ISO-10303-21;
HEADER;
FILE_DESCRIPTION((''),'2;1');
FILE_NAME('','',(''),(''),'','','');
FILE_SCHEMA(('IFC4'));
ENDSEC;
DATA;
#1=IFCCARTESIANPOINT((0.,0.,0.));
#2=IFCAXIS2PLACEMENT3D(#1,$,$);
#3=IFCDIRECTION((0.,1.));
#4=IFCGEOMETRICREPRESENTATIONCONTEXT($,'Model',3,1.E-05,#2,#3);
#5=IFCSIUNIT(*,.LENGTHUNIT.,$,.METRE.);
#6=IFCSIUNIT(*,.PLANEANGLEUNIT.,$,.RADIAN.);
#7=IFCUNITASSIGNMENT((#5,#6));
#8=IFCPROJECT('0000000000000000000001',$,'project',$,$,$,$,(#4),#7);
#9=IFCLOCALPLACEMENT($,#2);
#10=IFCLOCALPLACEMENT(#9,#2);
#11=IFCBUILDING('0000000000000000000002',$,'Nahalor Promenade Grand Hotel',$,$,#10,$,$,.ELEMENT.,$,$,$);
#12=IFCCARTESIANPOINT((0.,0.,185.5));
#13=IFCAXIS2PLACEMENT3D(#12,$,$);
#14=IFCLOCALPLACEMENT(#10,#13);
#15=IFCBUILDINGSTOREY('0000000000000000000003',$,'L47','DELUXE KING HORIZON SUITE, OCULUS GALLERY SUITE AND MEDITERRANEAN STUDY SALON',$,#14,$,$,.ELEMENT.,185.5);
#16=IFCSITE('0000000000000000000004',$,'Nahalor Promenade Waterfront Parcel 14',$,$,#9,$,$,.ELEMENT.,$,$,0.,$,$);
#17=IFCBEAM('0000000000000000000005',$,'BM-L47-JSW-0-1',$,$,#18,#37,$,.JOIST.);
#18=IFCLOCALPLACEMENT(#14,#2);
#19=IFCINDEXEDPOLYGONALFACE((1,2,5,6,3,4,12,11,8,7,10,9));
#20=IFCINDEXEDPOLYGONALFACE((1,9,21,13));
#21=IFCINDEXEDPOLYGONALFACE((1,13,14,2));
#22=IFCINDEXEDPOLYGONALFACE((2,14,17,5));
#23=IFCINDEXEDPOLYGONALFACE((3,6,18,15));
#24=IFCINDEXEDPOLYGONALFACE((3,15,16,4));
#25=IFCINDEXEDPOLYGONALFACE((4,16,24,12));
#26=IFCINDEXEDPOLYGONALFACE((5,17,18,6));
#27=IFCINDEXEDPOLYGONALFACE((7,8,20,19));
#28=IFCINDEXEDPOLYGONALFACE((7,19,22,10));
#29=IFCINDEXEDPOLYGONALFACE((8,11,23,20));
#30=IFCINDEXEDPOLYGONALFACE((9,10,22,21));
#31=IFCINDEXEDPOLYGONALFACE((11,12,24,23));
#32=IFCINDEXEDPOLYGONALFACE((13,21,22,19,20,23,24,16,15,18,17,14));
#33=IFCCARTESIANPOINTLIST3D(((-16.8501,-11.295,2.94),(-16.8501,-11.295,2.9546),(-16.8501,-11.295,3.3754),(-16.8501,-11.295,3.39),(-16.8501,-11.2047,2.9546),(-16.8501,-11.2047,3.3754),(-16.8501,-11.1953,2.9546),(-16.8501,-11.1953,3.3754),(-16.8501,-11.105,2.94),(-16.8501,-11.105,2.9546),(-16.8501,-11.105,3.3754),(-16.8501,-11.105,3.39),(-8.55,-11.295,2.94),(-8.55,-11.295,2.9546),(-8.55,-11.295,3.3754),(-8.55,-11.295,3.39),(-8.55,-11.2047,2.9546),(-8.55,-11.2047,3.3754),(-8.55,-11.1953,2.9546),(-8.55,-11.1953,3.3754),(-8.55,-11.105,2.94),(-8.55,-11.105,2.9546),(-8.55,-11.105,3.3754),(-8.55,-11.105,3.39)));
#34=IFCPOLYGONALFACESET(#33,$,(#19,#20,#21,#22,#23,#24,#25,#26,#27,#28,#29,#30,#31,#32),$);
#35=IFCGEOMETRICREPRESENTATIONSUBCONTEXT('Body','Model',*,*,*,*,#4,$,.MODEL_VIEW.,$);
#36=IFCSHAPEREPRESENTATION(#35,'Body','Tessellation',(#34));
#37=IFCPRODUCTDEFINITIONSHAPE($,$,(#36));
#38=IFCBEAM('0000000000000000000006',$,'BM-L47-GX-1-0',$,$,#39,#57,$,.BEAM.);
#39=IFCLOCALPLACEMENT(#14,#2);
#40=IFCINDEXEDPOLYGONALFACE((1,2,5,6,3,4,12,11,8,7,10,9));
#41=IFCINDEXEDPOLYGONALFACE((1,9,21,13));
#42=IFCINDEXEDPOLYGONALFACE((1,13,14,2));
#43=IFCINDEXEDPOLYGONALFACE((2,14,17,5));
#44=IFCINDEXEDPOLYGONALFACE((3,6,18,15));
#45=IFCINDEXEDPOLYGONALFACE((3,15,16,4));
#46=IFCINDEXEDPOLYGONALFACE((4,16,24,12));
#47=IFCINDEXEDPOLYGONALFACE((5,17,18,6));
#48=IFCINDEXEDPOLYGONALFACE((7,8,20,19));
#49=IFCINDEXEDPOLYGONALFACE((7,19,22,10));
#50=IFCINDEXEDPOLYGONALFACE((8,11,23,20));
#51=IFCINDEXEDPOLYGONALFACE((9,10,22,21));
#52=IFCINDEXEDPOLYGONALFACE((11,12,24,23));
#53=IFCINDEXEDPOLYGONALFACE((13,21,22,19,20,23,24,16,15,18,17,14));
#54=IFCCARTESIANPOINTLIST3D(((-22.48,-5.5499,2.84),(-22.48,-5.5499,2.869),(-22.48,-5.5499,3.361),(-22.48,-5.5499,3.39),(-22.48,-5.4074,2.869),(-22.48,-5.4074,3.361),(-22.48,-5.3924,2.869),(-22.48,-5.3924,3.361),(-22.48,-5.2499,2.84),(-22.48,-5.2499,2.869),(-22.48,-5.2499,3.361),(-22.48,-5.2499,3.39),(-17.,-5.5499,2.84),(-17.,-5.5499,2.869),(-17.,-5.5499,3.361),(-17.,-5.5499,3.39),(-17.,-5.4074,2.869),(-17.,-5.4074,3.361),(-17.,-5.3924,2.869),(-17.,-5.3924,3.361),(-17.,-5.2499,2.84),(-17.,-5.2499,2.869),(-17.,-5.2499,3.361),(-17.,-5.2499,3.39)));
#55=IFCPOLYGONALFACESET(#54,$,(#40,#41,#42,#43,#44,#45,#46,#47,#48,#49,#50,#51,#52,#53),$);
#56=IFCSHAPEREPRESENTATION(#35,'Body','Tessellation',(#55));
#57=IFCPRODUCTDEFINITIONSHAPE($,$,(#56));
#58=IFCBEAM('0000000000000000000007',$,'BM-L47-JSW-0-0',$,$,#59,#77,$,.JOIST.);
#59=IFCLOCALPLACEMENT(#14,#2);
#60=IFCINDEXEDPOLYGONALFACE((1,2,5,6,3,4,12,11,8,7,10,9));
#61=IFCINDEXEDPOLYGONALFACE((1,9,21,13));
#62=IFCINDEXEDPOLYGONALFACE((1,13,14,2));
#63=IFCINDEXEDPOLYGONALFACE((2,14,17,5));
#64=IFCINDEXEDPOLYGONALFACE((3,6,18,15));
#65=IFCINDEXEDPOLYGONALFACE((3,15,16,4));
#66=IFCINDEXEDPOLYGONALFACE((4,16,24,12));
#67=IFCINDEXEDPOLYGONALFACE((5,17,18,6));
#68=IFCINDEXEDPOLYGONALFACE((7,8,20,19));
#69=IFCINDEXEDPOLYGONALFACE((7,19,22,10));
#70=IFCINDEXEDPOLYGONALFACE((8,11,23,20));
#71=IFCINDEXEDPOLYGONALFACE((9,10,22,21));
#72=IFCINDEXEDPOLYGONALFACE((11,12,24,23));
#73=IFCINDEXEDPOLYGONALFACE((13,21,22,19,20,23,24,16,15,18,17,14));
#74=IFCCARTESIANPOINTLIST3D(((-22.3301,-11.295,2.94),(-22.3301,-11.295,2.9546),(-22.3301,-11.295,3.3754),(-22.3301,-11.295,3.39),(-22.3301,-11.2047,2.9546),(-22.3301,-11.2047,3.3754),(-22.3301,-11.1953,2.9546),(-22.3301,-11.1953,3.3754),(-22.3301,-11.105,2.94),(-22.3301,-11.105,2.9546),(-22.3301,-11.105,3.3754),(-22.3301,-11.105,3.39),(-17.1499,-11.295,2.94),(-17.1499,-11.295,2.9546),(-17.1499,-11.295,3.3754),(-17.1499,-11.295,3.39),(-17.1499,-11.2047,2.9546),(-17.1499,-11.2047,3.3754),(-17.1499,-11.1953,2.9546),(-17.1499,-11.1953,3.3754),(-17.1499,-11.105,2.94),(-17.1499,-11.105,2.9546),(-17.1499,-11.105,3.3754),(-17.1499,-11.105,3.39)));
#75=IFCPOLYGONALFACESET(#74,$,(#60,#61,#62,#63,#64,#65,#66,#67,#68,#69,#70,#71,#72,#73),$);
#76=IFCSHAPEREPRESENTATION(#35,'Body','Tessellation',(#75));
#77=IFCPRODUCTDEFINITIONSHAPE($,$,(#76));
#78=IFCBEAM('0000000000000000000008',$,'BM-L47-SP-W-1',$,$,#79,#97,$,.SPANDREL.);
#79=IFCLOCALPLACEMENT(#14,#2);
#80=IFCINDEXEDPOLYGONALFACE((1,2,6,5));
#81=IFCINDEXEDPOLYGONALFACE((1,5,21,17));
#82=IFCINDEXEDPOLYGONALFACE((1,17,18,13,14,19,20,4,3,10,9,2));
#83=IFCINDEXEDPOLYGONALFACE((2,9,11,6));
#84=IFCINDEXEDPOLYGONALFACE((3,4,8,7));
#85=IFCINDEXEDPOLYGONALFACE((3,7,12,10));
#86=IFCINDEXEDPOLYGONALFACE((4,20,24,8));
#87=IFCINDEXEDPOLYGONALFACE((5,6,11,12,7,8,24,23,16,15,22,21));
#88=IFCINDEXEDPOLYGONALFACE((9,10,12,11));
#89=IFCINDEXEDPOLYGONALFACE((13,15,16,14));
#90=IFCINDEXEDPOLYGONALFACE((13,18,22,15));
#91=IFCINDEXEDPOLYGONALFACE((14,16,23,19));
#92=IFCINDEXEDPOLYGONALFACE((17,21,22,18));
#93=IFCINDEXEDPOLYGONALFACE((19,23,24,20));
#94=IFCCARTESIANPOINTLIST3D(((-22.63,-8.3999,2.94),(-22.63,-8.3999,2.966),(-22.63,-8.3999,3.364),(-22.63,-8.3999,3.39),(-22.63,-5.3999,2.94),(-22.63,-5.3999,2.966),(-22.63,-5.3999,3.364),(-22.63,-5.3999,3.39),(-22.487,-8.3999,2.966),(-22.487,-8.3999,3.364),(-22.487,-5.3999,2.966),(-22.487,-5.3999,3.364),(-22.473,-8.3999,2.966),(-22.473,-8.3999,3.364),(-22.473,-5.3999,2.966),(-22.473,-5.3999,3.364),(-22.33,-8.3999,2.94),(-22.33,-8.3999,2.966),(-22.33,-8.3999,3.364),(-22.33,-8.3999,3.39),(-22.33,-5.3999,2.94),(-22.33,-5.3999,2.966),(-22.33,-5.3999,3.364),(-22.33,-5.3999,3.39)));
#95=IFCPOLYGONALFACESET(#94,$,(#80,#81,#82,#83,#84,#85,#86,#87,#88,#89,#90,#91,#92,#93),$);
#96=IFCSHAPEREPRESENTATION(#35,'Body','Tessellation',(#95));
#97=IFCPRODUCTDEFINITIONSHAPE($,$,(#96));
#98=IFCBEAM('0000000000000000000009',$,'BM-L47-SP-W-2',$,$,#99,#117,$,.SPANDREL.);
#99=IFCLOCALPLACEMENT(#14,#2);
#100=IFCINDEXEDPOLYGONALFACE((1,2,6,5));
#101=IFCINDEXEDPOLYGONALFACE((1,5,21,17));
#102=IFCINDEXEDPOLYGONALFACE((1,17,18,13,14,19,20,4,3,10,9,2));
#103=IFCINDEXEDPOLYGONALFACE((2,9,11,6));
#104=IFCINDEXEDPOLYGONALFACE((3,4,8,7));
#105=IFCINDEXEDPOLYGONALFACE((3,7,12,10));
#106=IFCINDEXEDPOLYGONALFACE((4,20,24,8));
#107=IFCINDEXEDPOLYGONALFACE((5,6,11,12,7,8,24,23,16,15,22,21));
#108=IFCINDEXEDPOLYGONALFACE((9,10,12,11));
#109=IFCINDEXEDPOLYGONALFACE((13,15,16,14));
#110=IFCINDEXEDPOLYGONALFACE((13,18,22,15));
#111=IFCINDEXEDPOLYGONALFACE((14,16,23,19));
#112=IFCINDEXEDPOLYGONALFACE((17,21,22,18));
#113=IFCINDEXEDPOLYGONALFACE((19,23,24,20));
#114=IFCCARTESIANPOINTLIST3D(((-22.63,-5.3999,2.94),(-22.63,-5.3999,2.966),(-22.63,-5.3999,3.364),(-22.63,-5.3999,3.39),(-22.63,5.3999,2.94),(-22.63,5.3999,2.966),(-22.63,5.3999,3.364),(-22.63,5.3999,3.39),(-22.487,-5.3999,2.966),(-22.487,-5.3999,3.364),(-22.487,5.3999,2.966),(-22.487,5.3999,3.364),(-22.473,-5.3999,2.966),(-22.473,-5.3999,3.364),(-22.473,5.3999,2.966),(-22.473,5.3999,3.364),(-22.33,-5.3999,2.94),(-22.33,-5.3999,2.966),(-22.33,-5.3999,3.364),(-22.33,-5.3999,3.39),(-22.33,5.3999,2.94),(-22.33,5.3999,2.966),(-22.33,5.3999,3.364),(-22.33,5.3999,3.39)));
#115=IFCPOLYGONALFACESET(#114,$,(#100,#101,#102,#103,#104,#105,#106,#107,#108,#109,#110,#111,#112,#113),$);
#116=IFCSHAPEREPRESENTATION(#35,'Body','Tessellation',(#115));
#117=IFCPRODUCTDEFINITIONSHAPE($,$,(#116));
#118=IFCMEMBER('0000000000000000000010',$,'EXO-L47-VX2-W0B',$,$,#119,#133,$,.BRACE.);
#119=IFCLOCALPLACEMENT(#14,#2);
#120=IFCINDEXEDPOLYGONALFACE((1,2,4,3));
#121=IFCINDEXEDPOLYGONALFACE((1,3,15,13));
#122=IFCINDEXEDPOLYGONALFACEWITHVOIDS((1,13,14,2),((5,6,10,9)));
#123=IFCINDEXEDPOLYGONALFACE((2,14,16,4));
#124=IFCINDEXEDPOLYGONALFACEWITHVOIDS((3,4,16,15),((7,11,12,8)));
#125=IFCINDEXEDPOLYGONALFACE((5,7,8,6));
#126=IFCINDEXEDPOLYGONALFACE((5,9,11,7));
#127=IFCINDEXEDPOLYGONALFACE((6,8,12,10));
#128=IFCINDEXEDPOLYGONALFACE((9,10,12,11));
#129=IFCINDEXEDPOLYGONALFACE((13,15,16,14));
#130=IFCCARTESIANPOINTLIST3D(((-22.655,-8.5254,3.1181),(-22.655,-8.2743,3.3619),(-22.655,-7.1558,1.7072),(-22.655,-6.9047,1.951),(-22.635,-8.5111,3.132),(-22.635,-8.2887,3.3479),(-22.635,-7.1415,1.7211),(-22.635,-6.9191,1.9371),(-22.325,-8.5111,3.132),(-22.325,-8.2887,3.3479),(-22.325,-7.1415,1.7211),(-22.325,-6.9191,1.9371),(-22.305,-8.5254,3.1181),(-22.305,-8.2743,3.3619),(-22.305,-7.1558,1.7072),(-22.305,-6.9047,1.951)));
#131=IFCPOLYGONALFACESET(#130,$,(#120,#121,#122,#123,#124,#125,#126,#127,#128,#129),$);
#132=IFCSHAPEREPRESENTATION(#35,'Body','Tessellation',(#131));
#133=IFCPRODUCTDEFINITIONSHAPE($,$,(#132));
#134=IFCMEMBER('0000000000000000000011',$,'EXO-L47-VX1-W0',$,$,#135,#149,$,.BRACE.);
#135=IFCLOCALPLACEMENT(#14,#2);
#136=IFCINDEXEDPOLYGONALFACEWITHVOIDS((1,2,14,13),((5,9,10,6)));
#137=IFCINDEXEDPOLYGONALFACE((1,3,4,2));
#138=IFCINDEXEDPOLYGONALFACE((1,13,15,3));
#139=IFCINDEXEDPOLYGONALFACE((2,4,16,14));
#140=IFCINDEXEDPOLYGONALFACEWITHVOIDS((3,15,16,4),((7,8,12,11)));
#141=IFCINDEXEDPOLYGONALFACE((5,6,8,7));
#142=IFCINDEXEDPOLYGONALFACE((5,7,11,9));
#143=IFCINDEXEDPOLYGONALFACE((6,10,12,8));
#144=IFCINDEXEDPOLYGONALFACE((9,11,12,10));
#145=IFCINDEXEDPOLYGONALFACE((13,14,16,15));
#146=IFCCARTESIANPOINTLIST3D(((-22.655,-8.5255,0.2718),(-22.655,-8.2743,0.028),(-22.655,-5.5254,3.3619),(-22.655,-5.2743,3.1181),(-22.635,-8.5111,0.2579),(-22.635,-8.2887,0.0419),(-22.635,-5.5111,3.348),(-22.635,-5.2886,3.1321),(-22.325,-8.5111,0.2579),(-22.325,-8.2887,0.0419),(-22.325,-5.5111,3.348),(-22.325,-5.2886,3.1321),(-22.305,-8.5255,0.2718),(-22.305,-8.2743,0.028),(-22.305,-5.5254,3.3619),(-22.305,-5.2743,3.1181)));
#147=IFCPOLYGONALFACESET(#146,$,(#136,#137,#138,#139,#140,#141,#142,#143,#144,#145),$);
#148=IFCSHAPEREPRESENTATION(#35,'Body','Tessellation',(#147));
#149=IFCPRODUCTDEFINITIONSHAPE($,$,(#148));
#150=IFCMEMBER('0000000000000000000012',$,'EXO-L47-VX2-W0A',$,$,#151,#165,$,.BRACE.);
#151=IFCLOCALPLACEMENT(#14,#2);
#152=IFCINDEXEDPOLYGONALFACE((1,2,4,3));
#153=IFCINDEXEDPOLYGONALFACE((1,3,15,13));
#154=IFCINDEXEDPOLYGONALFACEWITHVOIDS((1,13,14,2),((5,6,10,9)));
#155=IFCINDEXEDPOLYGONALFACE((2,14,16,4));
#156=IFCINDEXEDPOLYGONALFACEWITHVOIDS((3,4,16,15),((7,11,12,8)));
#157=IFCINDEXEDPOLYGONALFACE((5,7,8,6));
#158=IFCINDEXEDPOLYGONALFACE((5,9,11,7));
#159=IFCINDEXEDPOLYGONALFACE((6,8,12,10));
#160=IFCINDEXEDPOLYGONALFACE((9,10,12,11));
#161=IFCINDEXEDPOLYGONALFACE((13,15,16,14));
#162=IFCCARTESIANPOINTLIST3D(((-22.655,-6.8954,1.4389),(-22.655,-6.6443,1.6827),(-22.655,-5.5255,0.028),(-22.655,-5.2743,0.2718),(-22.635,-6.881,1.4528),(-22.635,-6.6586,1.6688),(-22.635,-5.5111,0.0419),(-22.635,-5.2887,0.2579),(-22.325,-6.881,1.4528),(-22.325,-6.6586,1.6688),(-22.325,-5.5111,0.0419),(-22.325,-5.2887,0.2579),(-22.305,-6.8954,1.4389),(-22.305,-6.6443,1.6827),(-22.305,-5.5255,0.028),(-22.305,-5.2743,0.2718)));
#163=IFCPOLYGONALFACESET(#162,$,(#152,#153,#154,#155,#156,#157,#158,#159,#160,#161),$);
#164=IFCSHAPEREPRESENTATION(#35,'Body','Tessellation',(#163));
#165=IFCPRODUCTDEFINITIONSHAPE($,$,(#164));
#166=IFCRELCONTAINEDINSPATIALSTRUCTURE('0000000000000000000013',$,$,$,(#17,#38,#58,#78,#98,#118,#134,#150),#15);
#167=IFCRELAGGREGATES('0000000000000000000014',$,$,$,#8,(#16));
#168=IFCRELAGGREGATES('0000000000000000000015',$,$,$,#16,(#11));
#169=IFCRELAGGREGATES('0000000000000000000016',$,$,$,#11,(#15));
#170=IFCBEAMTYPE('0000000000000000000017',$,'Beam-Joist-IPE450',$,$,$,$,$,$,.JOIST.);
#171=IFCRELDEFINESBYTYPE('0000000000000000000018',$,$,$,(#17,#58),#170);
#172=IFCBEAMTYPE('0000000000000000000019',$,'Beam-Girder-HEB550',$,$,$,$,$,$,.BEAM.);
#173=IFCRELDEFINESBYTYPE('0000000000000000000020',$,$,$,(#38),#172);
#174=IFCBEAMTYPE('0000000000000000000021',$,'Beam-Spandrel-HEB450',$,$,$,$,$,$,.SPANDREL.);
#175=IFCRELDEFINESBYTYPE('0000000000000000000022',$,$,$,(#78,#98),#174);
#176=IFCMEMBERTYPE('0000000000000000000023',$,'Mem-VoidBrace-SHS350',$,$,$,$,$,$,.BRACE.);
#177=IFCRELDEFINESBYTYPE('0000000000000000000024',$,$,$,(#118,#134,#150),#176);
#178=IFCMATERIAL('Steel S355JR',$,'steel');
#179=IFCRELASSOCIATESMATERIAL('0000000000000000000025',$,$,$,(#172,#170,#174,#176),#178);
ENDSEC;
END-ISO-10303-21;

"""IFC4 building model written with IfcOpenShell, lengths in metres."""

from ifc_helpers import new_model, si_unit, direction, frame, origin, origin_2d, place, context, subcontext, project, spatial, hollow_rectangle, i_section, extrude, source, transform, mapped, material, material_profile, profile_set, type_object, element, save


model = new_model("IFC4")

# Units and contexts
model_context = context("Model", 3, precision=1e-05, world=origin(), true_north=direction((0.0, 1.0)))
body_context = subcontext(model_context, "Body", "Model", "MODEL_VIEW")
ifc_project = project(units=[si_unit("LENGTHUNIT", "METRE"), si_unit("PLANEANGLEUNIT", "RADIAN")], contexts=[model_context])

# Site, building, storey
site_placement = place(None, origin())
site = spatial("IfcSite", under=ifc_project, at=site_placement, Name="Nahalor Promenade Waterfront Parcel 14", CompositionType="ELEMENT", RefElevation=0.0)
building_placement = place(site_placement, origin())
building = spatial("IfcBuilding", under=site, at=building_placement, Name="Nahalor Promenade Grand Hotel", CompositionType="ELEMENT")
storey_placement = place(building_placement, frame((0.0, 0.0, 185.5)))
storey = spatial("IfcBuildingStorey", under=building, at=storey_placement, Name="L47", Description="DELUXE KING HORIZON SUITE, OCULUS GALLERY SUITE AND MEDITERRANEAN STUDY SALON", CompositionType="ELEMENT", Elevation=185.5)

# Beams
ifc_material_1 = material(Name="Steel S355JR", Category="steel")
ifc_material_profile_1 = material_profile(ifc_material_1, i_section(OverallWidth=0.3, OverallDepth=0.55, WebThickness=0.015, FlangeThickness=0.029, at=origin_2d()), Name="HEB 550")
ifc_profile_set_1 = profile_set([ifc_material_profile_1], Name="Steel S355JR")
beam_type_1 = type_object("IfcBeamType", Name="Beam-Girder-HEB550", PredefinedType="BEAM", material=ifc_profile_set_1)
ifc_material_profile_2 = material_profile(ifc_material_1, i_section(OverallWidth=0.19, OverallDepth=0.45, WebThickness=0.0094, FlangeThickness=0.0146, at=origin_2d()), Name="IPE 450")
ifc_profile_set_2 = profile_set([ifc_material_profile_2], Name="Steel S355JR")
beam_type_2 = type_object("IfcBeamType", Name="Beam-Joist-IPE450", PredefinedType="JOIST", material=ifc_profile_set_2)
shared_shape_1 = source(origin(), body_context, "Body", "SweptSolid", [
    extrude(i_section(OverallWidth=0.19, OverallDepth=0.45, WebThickness=0.0094, FlangeThickness=0.0146, at=origin_2d()), origin(), (0.0, 0.0, 1.0), 8.3),
])
beam_1_placement = place(storey_placement, frame((-16.8501, -11.2, 3.165), z_axis=(1.0, 0.0, 0.0), x_axis=(0.0, 1.0, 0.0)))
element("IfcBeam", 1, at=beam_1_placement, inside=storey, type_object=beam_type_2, Name="BM-L47-JSW-0-1", PredefinedType="JOIST", context=body_context, shape_type="MappedRepresentation", body=[
    mapped(shared_shape_1, transform((0.0, 0.0, 0.0), scale=1.0)),
])
shared_shape_2 = source(origin(), body_context, "Body", "SweptSolid", [
    extrude(i_section(OverallWidth=0.3, OverallDepth=0.55, WebThickness=0.015, FlangeThickness=0.029, at=origin_2d()), origin(), (0.0, 0.0, 1.0), 5.48),
])
beam_2_placement = place(storey_placement, frame((-22.48, -5.3999, 3.115), z_axis=(1.0, 0.0, 0.0), x_axis=(0.0, 1.0, 0.0)))
element("IfcBeam", 2, at=beam_2_placement, inside=storey, type_object=beam_type_1, Name="BM-L47-GX-1-0", PredefinedType="BEAM", context=body_context, shape_type="MappedRepresentation", body=[
    mapped(shared_shape_2, transform((0.0, 0.0, 0.0), scale=1.0)),
])
shared_shape_3 = source(origin(), body_context, "Body", "SweptSolid", [
    extrude(i_section(OverallWidth=0.19, OverallDepth=0.45, WebThickness=0.0094, FlangeThickness=0.0146, at=origin_2d()), origin(), (0.0, 0.0, 1.0), 5.1802),
])
beam_3_placement = place(storey_placement, frame((-22.3301, -11.2, 3.165), z_axis=(1.0, 0.0, 0.0), x_axis=(0.0, 1.0, 0.0)))
element("IfcBeam", 3, at=beam_3_placement, inside=storey, type_object=beam_type_2, Name="BM-L47-JSW-0-0", PredefinedType="JOIST", context=body_context, shape_type="MappedRepresentation", body=[
    mapped(shared_shape_3, transform((0.0, 0.0, 0.0), scale=1.0)),
])
ifc_material_profile_3 = material_profile(ifc_material_1, i_section(OverallWidth=0.3, OverallDepth=0.45, WebThickness=0.014, FlangeThickness=0.026, at=origin_2d()), Name="HEB 450")
ifc_profile_set_3 = profile_set([ifc_material_profile_3], Name="Steel S355JR")
beam_type_3 = type_object("IfcBeamType", Name="Beam-Spandrel-HEB450", PredefinedType="SPANDREL", material=ifc_profile_set_3)
shared_shape_4 = source(origin(), body_context, "Body", "SweptSolid", [
    extrude(i_section(OverallWidth=0.3, OverallDepth=0.45, WebThickness=0.014, FlangeThickness=0.026, at=origin_2d()), origin(), (0.0, 0.0, 1.0), 3.0),
])
beam_4_placement = place(storey_placement, frame((-22.48, -8.3999, 3.165), z_axis=(0.0, 1.0, 0.0), x_axis=(-1.0, 0.0, 0.0)))
element("IfcBeam", 4, at=beam_4_placement, inside=storey, type_object=beam_type_3, Name="BM-L47-SP-W-1", PredefinedType="SPANDREL", context=body_context, shape_type="MappedRepresentation", body=[
    mapped(shared_shape_4, transform((0.0, 0.0, 0.0), scale=1.0)),
])
shared_shape_5 = source(origin(), body_context, "Body", "SweptSolid", [
    extrude(i_section(OverallWidth=0.3, OverallDepth=0.45, WebThickness=0.014, FlangeThickness=0.026, at=origin_2d()), origin(), (0.0, 0.0, 1.0), 10.7998),
])
beam_5_placement = place(storey_placement, frame((-22.48, -5.3999, 3.165), z_axis=(0.0, 1.0, 0.0), x_axis=(-1.0, 0.0, 0.0)))
element("IfcBeam", 5, at=beam_5_placement, inside=storey, type_object=beam_type_3, Name="BM-L47-SP-W-2", PredefinedType="SPANDREL", context=body_context, shape_type="MappedRepresentation", body=[
    mapped(shared_shape_5, transform((0.0, 0.0, 0.0), scale=1.0)),
])

# Members
ifc_material_profile_4 = material_profile(ifc_material_1, hollow_rectangle(XDim=0.35, YDim=0.35, WallThickness=0.02, at=origin_2d()), Name="SHS 350x350x20")
ifc_profile_set_4 = profile_set([ifc_material_profile_4], Name="Steel S355JR")
member_type_1 = type_object("IfcMemberType", Name="Mem-VoidBrace-SHS350", PredefinedType="BRACE", material=ifc_profile_set_4)
shared_shape_6 = source(origin(), body_context, "Body", "SweptSolid", [
    extrude(hollow_rectangle(XDim=0.35, YDim=0.35, WallThickness=0.02, at=origin_2d()), origin(), (0.0, 0.0, 1.0), 1.9663),
])
member_1_placement = place(storey_placement, frame((-22.48, -7.0303, 1.8291), z_axis=(0.0, -0.696537, 0.71752), x_axis=(1.0, 0.0, 0.0)))
element("IfcMember", 6, at=member_1_placement, inside=storey, type_object=member_type_1, Name="EXO-L47-VX2-W0B", PredefinedType="BRACE", context=body_context, shape_type="MappedRepresentation", body=[
    mapped(shared_shape_6, transform((0.0, 0.0, 0.0), scale=1.0)),
])
shared_shape_7 = source(origin(), body_context, "Body", "SweptSolid", [
    extrude(hollow_rectangle(XDim=0.35, YDim=0.35, WallThickness=0.02, at=origin_2d()), origin(), (0.0, 0.0, 1.0), 4.3069),
])
member_2_placement = place(storey_placement, frame((-22.48, -8.3999, 0.1499), z_axis=(0.0, 0.696571, 0.717488), x_axis=(-1.0, 0.0, 0.0)))
element("IfcMember", 7, at=member_2_placement, inside=storey, type_object=member_type_1, Name="EXO-L47-VX1-W0", PredefinedType="BRACE", context=body_context, shape_type="MappedRepresentation", body=[
    mapped(shared_shape_7, transform((0.0, 0.0, 0.0), scale=1.0)),
])
shared_shape_8 = source(origin(), body_context, "Body", "SweptSolid", [
    extrude(hollow_rectangle(XDim=0.35, YDim=0.35, WallThickness=0.02, at=origin_2d()), origin(), (0.0, 0.0, 1.0), 1.9666),
])
member_3_placement = place(storey_placement, frame((-22.48, -5.3999, 0.1499), z_axis=(0.0, -0.696601, 0.717458), x_axis=(1.0, 0.0, 0.0)))
element("IfcMember", 8, at=member_3_placement, inside=storey, type_object=member_type_1, Name="EXO-L47-VX2-W0A", PredefinedType="BRACE", context=body_context, shape_type="MappedRepresentation", body=[
    mapped(shared_shape_8, transform((0.0, 0.0, 0.0), scale=1.0)),
])

save(model, "model.ifc")
